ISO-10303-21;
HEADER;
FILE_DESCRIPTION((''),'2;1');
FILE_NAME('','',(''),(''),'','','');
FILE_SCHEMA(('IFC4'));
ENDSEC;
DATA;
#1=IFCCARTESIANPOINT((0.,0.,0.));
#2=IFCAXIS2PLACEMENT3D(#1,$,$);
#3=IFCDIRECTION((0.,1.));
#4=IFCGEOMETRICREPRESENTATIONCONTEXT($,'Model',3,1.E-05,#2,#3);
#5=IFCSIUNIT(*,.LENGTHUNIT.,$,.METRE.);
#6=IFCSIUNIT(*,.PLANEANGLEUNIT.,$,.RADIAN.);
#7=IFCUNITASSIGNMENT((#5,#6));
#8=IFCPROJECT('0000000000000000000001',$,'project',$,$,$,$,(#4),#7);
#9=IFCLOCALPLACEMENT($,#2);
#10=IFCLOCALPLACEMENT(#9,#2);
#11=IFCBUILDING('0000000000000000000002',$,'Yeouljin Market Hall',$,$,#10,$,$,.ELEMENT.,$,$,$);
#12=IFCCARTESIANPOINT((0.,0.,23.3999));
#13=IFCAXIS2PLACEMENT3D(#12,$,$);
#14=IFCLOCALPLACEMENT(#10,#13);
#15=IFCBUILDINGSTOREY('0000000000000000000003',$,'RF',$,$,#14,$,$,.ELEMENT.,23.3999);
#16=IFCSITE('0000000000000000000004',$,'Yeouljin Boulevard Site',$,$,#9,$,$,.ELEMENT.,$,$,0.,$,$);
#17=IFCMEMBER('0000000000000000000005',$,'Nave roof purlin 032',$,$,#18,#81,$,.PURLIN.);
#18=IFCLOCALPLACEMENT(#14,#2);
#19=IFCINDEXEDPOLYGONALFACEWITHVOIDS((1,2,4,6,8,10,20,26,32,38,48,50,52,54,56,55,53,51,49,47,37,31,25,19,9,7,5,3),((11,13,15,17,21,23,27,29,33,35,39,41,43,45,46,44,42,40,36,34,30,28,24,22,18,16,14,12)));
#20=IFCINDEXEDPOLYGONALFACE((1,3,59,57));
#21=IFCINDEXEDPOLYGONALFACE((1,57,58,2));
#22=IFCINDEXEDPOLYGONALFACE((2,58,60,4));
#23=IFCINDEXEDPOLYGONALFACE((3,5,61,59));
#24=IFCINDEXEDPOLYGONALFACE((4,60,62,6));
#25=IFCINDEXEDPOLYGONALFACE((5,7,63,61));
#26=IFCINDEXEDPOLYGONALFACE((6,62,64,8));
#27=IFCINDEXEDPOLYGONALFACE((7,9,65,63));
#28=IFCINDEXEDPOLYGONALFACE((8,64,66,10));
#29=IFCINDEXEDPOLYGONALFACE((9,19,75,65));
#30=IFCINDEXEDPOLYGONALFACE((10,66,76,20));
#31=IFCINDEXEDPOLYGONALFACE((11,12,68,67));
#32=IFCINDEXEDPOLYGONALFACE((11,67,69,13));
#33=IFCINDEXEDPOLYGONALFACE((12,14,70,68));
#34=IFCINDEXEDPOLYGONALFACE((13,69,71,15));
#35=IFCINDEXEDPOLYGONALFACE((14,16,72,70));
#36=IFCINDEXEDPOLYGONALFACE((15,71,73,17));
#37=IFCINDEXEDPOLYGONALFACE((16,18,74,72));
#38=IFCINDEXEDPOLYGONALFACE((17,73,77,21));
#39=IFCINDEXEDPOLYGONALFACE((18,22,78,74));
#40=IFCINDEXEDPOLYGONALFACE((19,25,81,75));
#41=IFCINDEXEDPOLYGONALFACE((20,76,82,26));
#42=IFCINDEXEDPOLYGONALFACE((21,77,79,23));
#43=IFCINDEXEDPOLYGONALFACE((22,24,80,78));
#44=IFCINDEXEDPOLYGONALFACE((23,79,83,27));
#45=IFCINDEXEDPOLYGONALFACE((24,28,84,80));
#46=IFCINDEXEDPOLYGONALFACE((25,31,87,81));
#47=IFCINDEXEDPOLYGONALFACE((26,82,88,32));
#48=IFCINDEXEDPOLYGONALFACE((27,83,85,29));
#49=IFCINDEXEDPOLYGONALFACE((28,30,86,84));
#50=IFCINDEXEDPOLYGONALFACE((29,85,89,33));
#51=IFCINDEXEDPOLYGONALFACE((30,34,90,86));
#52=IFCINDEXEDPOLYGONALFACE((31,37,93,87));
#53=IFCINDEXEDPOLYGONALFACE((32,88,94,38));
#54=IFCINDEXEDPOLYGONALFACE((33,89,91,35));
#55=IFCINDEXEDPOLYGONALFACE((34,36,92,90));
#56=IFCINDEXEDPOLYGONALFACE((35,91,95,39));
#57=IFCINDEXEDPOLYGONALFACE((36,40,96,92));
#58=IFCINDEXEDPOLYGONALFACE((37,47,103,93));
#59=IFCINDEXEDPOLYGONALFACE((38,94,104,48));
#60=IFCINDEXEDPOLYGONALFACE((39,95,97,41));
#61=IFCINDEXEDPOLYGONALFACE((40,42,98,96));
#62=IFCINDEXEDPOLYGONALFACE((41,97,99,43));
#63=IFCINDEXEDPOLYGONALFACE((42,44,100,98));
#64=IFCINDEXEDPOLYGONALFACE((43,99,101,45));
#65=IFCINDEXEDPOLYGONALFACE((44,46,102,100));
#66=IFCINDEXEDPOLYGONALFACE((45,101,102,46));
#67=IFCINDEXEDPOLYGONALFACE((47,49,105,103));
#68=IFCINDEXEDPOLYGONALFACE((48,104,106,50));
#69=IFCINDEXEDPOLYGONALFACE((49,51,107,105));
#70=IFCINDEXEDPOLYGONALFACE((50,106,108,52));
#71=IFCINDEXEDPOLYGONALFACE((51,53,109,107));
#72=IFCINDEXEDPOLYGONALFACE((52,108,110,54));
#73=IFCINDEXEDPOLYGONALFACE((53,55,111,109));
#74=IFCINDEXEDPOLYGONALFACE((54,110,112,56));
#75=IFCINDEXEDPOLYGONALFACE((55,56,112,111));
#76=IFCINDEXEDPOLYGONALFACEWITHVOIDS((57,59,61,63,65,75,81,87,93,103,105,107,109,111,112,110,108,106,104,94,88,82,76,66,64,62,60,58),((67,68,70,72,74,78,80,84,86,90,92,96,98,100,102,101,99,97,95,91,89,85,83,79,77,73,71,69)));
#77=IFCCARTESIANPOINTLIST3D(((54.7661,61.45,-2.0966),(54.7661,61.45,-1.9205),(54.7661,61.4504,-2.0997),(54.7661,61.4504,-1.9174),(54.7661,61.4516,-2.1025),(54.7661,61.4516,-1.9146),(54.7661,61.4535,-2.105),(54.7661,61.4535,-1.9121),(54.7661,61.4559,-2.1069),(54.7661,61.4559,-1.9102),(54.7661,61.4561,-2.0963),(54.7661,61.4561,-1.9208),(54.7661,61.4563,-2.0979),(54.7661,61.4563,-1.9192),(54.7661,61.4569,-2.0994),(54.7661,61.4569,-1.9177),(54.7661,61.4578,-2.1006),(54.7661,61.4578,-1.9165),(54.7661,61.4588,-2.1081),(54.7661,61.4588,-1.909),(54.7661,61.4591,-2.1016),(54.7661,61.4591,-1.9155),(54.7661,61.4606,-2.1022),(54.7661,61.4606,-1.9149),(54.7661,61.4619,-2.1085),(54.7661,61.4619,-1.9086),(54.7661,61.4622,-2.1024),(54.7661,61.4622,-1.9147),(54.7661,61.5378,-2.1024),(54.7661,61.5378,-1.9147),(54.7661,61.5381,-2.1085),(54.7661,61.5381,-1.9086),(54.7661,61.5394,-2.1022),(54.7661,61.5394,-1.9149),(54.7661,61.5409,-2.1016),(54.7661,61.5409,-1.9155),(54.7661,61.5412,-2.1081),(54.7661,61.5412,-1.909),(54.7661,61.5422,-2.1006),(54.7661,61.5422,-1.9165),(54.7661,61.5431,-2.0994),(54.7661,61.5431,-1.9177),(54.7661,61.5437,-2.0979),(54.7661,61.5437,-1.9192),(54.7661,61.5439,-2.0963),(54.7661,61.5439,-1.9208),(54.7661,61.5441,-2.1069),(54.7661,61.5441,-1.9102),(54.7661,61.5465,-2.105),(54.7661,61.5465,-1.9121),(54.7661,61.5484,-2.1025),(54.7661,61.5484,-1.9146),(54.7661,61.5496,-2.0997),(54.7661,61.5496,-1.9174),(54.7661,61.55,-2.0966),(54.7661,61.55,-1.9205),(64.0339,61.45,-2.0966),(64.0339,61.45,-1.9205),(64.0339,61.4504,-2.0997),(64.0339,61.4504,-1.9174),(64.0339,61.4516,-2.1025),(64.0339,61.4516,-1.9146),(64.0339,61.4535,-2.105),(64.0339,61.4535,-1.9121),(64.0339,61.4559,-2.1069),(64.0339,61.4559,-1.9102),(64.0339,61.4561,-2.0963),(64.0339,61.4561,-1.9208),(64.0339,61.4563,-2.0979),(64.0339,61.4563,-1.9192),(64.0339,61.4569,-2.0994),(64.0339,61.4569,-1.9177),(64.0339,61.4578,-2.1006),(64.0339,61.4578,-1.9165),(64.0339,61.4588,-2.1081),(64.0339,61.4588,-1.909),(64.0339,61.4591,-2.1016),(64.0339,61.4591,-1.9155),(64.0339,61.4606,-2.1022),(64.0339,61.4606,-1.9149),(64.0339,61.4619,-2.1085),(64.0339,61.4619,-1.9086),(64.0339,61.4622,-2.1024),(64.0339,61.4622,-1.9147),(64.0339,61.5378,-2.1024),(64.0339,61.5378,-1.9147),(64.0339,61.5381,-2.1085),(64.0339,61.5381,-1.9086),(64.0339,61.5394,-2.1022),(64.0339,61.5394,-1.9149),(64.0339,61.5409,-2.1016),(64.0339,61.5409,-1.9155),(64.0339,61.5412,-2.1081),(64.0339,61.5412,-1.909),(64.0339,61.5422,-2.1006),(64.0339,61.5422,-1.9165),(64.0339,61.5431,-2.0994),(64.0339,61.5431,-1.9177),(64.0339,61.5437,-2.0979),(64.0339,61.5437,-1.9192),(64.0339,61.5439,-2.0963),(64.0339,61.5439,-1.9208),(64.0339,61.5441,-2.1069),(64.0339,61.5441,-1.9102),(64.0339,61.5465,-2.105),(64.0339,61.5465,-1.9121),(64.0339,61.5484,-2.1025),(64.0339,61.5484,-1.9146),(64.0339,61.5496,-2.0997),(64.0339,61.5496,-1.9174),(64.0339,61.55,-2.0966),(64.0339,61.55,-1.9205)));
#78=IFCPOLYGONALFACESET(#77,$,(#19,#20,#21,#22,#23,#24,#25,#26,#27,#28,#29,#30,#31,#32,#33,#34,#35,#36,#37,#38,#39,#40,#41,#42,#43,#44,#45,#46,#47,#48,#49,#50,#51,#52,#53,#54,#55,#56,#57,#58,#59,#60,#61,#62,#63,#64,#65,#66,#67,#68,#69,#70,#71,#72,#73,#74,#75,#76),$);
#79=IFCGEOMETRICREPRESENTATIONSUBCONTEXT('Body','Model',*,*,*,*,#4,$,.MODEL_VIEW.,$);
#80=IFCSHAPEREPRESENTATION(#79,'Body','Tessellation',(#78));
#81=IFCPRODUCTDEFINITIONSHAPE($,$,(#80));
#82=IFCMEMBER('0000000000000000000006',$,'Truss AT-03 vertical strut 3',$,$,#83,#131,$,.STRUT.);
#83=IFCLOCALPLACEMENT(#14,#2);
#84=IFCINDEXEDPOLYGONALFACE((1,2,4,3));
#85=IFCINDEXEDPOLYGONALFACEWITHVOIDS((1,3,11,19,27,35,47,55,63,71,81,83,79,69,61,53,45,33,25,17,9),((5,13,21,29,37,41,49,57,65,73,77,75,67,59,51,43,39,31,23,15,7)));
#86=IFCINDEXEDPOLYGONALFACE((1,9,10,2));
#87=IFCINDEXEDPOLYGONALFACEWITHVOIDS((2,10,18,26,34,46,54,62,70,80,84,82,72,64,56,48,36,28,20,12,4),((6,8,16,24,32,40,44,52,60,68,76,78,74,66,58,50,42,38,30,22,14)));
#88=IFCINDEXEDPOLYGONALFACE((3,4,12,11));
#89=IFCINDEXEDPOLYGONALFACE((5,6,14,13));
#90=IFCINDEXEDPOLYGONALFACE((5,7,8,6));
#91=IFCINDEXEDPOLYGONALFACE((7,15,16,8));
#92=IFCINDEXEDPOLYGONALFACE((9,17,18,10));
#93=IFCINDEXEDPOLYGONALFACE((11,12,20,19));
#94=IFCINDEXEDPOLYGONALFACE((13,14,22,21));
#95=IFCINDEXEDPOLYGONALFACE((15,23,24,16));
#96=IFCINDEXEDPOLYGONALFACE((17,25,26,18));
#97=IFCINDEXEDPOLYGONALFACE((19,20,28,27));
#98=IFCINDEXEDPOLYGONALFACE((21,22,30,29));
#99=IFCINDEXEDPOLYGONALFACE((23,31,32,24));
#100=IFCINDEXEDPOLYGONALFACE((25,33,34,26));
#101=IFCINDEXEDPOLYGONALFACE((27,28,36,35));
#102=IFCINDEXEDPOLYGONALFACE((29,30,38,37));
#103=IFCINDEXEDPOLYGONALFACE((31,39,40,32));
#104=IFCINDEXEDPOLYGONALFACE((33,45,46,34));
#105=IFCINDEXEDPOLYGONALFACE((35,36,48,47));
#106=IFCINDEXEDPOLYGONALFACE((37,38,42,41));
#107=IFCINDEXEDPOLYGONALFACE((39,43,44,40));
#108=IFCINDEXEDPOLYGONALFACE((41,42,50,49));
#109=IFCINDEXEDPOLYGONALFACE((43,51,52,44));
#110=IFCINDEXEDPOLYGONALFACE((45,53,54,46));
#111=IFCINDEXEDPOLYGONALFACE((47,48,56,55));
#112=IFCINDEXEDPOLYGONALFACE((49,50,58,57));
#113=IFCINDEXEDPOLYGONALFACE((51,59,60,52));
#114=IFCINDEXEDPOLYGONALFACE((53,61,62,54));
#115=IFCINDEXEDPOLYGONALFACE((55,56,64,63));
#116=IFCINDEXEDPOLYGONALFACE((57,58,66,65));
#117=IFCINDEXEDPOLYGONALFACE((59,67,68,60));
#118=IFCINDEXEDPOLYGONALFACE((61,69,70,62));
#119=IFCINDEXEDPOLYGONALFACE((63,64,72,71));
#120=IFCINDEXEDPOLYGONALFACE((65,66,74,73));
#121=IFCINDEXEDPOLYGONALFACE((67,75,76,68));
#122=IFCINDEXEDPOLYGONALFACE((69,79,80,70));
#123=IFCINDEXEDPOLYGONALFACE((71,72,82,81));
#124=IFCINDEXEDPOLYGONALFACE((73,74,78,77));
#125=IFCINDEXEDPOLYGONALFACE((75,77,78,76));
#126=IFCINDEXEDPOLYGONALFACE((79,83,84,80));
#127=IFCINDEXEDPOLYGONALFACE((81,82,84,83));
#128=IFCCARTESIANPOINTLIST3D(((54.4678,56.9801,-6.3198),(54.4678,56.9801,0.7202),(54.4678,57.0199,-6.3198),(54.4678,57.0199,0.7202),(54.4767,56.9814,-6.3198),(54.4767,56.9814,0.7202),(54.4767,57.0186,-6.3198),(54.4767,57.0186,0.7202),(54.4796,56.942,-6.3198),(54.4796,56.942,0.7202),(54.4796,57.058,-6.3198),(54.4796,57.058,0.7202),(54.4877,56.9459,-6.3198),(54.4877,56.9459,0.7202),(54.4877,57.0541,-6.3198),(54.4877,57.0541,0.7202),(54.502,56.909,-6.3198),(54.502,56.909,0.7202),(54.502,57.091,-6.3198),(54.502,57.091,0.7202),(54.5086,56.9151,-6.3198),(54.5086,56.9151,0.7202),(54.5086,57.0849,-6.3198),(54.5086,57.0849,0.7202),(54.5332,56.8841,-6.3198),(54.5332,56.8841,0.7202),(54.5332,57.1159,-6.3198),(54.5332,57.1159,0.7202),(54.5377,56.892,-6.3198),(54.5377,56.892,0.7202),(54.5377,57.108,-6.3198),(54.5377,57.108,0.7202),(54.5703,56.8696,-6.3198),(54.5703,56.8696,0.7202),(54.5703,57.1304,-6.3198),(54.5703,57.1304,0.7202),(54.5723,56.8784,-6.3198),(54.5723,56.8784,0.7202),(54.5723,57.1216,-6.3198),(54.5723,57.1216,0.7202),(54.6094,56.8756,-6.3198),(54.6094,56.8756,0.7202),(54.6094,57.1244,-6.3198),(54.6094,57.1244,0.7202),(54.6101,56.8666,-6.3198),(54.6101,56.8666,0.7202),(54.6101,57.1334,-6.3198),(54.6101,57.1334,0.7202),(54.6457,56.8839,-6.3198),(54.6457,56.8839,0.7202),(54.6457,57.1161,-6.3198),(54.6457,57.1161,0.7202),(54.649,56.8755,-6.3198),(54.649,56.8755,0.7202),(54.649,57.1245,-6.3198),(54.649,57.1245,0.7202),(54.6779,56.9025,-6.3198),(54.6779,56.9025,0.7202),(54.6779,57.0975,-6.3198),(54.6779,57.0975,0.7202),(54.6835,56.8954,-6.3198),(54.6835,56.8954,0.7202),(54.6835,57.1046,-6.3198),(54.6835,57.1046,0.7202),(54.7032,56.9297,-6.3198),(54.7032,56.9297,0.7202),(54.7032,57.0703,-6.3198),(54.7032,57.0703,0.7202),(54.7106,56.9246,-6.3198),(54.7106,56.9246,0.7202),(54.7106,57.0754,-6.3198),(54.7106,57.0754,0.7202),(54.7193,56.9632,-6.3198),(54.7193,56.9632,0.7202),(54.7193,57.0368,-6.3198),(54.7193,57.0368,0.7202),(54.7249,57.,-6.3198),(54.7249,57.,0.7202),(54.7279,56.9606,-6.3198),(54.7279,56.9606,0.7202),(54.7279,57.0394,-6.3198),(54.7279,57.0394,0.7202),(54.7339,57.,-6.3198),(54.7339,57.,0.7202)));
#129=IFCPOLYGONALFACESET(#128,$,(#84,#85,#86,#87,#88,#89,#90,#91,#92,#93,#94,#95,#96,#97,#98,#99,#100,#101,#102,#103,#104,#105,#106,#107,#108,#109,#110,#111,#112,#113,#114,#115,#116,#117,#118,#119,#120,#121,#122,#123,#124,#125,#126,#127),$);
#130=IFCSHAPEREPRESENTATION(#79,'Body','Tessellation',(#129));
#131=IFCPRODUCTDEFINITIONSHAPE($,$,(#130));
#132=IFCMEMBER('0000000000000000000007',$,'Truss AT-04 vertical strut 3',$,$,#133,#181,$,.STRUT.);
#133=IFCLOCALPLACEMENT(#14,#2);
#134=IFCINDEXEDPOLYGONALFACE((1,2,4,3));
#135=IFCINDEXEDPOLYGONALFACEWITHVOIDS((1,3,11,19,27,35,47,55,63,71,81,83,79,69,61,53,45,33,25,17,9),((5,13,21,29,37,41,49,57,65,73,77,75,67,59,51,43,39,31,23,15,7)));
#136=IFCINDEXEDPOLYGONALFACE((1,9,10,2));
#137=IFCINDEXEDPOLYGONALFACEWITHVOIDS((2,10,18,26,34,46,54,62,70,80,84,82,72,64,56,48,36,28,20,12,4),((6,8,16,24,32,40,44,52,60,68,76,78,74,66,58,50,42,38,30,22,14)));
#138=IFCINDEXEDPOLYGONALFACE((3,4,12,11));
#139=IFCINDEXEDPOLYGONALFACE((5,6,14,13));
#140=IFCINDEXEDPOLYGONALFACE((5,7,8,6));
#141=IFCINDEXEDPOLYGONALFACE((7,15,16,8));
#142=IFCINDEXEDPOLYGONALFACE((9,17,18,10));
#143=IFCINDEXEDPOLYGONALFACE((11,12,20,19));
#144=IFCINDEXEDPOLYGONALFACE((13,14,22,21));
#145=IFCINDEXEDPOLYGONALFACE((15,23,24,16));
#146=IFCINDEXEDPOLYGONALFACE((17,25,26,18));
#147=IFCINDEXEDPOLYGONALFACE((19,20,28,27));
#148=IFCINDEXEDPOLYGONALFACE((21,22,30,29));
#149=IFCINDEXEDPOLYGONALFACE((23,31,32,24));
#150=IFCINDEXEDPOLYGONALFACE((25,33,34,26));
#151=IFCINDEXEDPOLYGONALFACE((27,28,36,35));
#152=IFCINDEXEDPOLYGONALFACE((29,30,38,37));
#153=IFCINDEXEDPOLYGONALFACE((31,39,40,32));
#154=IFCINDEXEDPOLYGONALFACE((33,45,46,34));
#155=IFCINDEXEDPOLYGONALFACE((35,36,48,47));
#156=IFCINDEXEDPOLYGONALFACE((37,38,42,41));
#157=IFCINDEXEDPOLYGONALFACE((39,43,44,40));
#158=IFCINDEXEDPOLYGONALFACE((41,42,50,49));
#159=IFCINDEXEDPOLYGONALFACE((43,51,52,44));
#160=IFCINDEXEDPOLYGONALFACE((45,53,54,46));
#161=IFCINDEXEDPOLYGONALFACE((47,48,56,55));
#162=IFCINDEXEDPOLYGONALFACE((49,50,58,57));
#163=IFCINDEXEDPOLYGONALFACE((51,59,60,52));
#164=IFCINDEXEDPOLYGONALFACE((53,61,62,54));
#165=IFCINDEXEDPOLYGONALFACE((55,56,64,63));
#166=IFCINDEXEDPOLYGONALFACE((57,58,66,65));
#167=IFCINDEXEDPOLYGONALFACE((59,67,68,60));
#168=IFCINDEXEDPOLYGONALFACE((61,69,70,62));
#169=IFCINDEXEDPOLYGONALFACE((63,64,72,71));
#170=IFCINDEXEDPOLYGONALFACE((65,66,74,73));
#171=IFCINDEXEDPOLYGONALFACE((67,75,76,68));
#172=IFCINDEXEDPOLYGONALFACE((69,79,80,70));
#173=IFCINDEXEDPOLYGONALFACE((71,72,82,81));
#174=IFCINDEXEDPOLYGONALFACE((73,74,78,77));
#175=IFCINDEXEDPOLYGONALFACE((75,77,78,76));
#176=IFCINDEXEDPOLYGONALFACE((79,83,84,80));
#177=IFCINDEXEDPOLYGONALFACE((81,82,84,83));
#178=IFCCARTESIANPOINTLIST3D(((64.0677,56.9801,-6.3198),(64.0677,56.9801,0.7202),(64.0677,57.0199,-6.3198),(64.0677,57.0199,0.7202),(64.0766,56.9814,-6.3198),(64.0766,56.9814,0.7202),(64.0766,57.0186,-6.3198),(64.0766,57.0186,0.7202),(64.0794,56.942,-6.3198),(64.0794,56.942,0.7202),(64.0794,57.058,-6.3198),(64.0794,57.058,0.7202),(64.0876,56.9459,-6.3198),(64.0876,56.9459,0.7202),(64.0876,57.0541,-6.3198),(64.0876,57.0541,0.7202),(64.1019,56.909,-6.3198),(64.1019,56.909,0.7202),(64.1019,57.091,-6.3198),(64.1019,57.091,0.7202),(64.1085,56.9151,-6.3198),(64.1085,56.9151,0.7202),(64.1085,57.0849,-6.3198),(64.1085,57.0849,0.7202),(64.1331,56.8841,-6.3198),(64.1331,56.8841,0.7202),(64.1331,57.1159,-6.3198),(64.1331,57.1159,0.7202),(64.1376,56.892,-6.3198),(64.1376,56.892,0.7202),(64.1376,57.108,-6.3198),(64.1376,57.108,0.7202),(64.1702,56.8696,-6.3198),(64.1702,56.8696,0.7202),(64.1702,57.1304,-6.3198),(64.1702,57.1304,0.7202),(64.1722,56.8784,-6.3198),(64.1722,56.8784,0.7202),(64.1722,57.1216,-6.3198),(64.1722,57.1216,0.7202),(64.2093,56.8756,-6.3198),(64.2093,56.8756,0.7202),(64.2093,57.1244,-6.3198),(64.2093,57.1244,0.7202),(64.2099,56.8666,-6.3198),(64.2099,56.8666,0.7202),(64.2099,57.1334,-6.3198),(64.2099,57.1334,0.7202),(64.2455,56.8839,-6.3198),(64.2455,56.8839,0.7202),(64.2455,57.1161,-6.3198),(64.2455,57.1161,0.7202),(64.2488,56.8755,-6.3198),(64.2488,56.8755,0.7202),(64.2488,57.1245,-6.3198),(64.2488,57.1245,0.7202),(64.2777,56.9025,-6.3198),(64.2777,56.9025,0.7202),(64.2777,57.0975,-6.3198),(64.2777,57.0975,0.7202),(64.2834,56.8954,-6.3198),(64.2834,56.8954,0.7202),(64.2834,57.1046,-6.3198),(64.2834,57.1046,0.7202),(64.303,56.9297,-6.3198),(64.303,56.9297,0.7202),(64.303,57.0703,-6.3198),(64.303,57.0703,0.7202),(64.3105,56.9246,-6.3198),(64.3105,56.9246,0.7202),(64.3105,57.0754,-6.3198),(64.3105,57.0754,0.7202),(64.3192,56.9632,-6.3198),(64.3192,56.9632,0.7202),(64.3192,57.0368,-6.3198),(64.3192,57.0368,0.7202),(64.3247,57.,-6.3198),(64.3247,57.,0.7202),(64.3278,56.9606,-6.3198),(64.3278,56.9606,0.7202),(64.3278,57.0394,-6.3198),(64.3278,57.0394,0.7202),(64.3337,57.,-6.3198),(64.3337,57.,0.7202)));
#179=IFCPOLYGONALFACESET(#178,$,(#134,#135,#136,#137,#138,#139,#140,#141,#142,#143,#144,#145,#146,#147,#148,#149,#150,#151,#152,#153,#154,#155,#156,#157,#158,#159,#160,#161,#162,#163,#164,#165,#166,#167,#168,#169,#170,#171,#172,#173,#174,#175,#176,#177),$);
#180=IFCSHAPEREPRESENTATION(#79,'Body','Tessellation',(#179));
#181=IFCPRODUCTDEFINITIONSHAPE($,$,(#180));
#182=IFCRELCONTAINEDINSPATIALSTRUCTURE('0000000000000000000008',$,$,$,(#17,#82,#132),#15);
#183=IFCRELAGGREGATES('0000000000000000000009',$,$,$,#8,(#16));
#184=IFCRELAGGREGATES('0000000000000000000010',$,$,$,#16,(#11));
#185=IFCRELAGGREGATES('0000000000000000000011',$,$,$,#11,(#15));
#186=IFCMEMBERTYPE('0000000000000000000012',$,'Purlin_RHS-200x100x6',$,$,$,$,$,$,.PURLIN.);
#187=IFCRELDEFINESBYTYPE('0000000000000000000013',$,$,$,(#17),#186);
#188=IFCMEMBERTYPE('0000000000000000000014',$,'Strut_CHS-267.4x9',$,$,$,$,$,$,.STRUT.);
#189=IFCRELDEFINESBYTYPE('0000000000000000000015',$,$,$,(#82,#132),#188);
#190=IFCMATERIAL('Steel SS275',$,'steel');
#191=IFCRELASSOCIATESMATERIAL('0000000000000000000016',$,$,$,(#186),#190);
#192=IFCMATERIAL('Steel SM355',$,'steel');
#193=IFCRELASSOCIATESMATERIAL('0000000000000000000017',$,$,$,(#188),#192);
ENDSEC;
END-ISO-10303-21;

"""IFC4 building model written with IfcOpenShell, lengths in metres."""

from ifc_helpers import new_model, si_unit, direction, frame, origin, origin_2d, place, context, subcontext, project, spatial, hollow_rectangle, hollow_circle, extrude, material, material_profile, profile_set, type_object, element, save


model = new_model("IFC4")

# Units and contexts
model_context = context("Model", 3, precision=1e-05, world=origin(), true_north=direction((0.0, 1.0)))
body_context = subcontext(model_context, "Body", "Model", "MODEL_VIEW")
ifc_project = project(units=[si_unit("LENGTHUNIT", "METRE"), si_unit("PLANEANGLEUNIT", "RADIAN")], contexts=[model_context])

# Site, building, storey
site_placement = place(None, origin())
site = spatial("IfcSite", under=ifc_project, at=site_placement, Name="Yeouljin Boulevard Site", CompositionType="ELEMENT", RefElevation=0.0)
building_placement = place(site_placement, origin())
building = spatial("IfcBuilding", under=site, at=building_placement, Name="Yeouljin Market Hall", CompositionType="ELEMENT")
storey_placement = place(building_placement, frame((0.0, 0.0, 23.3999)))
storey = spatial("IfcBuildingStorey", under=building, at=storey_placement, Name="RF", CompositionType="ELEMENT", Elevation=23.3999)

# Members
ifc_material_1 = material(Name="Steel SS275", Category="steel")
ifc_material_profile_1 = material_profile(ifc_material_1, hollow_rectangle(XDim=0.1001, YDim=0.2, WallThickness=0.0061, InnerFilletRadius=0.0061, OuterFilletRadius=0.012, at=origin_2d()), Name="RHS-200x100x6")
ifc_profile_set_1 = profile_set([ifc_material_profile_1], Name="Steel SS275")
member_type_1 = type_object("IfcMemberType", Name="Purlin_RHS-200x100x6", PredefinedType="PURLIN", material=ifc_profile_set_1)
member_1_placement = place(storey_placement, frame((54.7661, 61.5, -2.0085), z_axis=(1.0, 0.0, 0.0), x_axis=(0.0, 1.0, 0.0)))
element("IfcMember", 1, at=member_1_placement, inside=storey, type_object=member_type_1, Name="Nave roof purlin 032", PredefinedType="PURLIN", context=body_context, shape_type="SweptSolid", body=[
    extrude(hollow_rectangle(XDim=0.1001, YDim=0.2, WallThickness=0.0061, InnerFilletRadius=0.0061, OuterFilletRadius=0.012, at=origin_2d()), origin(), (0.0, 0.0, 1.0), 9.2678),
])
ifc_material_2 = material(Name="Steel SM355", Category="steel")
ifc_material_profile_2 = material_profile(ifc_material_2, hollow_circle(Radius=0.1338, WallThickness=0.009, at=origin_2d()), Name="CHS-267.4x9")
ifc_profile_set_2 = profile_set([ifc_material_profile_2], Name="Steel SM355")
member_type_2 = type_object("IfcMemberType", Name="Strut_CHS-267.4x9", PredefinedType="STRUT", material=ifc_profile_set_2)
for number, where, z_axis, x_axis, name in (
    (2, (54.6001, 57.0, -6.3198), (0.0, 0.0, 1.0), (1.0, 0.0, 0.0), "Truss AT-03 vertical strut 3"),
    (3, (64.2, 57.0, -6.3198), (0.0, 0.0, 1.0), (1.0, 0.0, 0.0), "Truss AT-04 vertical strut 3"),
):
    element("IfcMember", number, at=place(storey_placement, frame(where, z_axis=z_axis, x_axis=x_axis)), inside=storey, type_object=member_type_2, Name=name, PredefinedType="STRUT", context=body_context, shape_type="SweptSolid", body=[
        extrude(hollow_circle(Radius=0.1338, WallThickness=0.009, at=origin_2d()), origin(), (0.0, 0.0, 1.0), 7.04),
    ])

save(model, "model.ifc")
